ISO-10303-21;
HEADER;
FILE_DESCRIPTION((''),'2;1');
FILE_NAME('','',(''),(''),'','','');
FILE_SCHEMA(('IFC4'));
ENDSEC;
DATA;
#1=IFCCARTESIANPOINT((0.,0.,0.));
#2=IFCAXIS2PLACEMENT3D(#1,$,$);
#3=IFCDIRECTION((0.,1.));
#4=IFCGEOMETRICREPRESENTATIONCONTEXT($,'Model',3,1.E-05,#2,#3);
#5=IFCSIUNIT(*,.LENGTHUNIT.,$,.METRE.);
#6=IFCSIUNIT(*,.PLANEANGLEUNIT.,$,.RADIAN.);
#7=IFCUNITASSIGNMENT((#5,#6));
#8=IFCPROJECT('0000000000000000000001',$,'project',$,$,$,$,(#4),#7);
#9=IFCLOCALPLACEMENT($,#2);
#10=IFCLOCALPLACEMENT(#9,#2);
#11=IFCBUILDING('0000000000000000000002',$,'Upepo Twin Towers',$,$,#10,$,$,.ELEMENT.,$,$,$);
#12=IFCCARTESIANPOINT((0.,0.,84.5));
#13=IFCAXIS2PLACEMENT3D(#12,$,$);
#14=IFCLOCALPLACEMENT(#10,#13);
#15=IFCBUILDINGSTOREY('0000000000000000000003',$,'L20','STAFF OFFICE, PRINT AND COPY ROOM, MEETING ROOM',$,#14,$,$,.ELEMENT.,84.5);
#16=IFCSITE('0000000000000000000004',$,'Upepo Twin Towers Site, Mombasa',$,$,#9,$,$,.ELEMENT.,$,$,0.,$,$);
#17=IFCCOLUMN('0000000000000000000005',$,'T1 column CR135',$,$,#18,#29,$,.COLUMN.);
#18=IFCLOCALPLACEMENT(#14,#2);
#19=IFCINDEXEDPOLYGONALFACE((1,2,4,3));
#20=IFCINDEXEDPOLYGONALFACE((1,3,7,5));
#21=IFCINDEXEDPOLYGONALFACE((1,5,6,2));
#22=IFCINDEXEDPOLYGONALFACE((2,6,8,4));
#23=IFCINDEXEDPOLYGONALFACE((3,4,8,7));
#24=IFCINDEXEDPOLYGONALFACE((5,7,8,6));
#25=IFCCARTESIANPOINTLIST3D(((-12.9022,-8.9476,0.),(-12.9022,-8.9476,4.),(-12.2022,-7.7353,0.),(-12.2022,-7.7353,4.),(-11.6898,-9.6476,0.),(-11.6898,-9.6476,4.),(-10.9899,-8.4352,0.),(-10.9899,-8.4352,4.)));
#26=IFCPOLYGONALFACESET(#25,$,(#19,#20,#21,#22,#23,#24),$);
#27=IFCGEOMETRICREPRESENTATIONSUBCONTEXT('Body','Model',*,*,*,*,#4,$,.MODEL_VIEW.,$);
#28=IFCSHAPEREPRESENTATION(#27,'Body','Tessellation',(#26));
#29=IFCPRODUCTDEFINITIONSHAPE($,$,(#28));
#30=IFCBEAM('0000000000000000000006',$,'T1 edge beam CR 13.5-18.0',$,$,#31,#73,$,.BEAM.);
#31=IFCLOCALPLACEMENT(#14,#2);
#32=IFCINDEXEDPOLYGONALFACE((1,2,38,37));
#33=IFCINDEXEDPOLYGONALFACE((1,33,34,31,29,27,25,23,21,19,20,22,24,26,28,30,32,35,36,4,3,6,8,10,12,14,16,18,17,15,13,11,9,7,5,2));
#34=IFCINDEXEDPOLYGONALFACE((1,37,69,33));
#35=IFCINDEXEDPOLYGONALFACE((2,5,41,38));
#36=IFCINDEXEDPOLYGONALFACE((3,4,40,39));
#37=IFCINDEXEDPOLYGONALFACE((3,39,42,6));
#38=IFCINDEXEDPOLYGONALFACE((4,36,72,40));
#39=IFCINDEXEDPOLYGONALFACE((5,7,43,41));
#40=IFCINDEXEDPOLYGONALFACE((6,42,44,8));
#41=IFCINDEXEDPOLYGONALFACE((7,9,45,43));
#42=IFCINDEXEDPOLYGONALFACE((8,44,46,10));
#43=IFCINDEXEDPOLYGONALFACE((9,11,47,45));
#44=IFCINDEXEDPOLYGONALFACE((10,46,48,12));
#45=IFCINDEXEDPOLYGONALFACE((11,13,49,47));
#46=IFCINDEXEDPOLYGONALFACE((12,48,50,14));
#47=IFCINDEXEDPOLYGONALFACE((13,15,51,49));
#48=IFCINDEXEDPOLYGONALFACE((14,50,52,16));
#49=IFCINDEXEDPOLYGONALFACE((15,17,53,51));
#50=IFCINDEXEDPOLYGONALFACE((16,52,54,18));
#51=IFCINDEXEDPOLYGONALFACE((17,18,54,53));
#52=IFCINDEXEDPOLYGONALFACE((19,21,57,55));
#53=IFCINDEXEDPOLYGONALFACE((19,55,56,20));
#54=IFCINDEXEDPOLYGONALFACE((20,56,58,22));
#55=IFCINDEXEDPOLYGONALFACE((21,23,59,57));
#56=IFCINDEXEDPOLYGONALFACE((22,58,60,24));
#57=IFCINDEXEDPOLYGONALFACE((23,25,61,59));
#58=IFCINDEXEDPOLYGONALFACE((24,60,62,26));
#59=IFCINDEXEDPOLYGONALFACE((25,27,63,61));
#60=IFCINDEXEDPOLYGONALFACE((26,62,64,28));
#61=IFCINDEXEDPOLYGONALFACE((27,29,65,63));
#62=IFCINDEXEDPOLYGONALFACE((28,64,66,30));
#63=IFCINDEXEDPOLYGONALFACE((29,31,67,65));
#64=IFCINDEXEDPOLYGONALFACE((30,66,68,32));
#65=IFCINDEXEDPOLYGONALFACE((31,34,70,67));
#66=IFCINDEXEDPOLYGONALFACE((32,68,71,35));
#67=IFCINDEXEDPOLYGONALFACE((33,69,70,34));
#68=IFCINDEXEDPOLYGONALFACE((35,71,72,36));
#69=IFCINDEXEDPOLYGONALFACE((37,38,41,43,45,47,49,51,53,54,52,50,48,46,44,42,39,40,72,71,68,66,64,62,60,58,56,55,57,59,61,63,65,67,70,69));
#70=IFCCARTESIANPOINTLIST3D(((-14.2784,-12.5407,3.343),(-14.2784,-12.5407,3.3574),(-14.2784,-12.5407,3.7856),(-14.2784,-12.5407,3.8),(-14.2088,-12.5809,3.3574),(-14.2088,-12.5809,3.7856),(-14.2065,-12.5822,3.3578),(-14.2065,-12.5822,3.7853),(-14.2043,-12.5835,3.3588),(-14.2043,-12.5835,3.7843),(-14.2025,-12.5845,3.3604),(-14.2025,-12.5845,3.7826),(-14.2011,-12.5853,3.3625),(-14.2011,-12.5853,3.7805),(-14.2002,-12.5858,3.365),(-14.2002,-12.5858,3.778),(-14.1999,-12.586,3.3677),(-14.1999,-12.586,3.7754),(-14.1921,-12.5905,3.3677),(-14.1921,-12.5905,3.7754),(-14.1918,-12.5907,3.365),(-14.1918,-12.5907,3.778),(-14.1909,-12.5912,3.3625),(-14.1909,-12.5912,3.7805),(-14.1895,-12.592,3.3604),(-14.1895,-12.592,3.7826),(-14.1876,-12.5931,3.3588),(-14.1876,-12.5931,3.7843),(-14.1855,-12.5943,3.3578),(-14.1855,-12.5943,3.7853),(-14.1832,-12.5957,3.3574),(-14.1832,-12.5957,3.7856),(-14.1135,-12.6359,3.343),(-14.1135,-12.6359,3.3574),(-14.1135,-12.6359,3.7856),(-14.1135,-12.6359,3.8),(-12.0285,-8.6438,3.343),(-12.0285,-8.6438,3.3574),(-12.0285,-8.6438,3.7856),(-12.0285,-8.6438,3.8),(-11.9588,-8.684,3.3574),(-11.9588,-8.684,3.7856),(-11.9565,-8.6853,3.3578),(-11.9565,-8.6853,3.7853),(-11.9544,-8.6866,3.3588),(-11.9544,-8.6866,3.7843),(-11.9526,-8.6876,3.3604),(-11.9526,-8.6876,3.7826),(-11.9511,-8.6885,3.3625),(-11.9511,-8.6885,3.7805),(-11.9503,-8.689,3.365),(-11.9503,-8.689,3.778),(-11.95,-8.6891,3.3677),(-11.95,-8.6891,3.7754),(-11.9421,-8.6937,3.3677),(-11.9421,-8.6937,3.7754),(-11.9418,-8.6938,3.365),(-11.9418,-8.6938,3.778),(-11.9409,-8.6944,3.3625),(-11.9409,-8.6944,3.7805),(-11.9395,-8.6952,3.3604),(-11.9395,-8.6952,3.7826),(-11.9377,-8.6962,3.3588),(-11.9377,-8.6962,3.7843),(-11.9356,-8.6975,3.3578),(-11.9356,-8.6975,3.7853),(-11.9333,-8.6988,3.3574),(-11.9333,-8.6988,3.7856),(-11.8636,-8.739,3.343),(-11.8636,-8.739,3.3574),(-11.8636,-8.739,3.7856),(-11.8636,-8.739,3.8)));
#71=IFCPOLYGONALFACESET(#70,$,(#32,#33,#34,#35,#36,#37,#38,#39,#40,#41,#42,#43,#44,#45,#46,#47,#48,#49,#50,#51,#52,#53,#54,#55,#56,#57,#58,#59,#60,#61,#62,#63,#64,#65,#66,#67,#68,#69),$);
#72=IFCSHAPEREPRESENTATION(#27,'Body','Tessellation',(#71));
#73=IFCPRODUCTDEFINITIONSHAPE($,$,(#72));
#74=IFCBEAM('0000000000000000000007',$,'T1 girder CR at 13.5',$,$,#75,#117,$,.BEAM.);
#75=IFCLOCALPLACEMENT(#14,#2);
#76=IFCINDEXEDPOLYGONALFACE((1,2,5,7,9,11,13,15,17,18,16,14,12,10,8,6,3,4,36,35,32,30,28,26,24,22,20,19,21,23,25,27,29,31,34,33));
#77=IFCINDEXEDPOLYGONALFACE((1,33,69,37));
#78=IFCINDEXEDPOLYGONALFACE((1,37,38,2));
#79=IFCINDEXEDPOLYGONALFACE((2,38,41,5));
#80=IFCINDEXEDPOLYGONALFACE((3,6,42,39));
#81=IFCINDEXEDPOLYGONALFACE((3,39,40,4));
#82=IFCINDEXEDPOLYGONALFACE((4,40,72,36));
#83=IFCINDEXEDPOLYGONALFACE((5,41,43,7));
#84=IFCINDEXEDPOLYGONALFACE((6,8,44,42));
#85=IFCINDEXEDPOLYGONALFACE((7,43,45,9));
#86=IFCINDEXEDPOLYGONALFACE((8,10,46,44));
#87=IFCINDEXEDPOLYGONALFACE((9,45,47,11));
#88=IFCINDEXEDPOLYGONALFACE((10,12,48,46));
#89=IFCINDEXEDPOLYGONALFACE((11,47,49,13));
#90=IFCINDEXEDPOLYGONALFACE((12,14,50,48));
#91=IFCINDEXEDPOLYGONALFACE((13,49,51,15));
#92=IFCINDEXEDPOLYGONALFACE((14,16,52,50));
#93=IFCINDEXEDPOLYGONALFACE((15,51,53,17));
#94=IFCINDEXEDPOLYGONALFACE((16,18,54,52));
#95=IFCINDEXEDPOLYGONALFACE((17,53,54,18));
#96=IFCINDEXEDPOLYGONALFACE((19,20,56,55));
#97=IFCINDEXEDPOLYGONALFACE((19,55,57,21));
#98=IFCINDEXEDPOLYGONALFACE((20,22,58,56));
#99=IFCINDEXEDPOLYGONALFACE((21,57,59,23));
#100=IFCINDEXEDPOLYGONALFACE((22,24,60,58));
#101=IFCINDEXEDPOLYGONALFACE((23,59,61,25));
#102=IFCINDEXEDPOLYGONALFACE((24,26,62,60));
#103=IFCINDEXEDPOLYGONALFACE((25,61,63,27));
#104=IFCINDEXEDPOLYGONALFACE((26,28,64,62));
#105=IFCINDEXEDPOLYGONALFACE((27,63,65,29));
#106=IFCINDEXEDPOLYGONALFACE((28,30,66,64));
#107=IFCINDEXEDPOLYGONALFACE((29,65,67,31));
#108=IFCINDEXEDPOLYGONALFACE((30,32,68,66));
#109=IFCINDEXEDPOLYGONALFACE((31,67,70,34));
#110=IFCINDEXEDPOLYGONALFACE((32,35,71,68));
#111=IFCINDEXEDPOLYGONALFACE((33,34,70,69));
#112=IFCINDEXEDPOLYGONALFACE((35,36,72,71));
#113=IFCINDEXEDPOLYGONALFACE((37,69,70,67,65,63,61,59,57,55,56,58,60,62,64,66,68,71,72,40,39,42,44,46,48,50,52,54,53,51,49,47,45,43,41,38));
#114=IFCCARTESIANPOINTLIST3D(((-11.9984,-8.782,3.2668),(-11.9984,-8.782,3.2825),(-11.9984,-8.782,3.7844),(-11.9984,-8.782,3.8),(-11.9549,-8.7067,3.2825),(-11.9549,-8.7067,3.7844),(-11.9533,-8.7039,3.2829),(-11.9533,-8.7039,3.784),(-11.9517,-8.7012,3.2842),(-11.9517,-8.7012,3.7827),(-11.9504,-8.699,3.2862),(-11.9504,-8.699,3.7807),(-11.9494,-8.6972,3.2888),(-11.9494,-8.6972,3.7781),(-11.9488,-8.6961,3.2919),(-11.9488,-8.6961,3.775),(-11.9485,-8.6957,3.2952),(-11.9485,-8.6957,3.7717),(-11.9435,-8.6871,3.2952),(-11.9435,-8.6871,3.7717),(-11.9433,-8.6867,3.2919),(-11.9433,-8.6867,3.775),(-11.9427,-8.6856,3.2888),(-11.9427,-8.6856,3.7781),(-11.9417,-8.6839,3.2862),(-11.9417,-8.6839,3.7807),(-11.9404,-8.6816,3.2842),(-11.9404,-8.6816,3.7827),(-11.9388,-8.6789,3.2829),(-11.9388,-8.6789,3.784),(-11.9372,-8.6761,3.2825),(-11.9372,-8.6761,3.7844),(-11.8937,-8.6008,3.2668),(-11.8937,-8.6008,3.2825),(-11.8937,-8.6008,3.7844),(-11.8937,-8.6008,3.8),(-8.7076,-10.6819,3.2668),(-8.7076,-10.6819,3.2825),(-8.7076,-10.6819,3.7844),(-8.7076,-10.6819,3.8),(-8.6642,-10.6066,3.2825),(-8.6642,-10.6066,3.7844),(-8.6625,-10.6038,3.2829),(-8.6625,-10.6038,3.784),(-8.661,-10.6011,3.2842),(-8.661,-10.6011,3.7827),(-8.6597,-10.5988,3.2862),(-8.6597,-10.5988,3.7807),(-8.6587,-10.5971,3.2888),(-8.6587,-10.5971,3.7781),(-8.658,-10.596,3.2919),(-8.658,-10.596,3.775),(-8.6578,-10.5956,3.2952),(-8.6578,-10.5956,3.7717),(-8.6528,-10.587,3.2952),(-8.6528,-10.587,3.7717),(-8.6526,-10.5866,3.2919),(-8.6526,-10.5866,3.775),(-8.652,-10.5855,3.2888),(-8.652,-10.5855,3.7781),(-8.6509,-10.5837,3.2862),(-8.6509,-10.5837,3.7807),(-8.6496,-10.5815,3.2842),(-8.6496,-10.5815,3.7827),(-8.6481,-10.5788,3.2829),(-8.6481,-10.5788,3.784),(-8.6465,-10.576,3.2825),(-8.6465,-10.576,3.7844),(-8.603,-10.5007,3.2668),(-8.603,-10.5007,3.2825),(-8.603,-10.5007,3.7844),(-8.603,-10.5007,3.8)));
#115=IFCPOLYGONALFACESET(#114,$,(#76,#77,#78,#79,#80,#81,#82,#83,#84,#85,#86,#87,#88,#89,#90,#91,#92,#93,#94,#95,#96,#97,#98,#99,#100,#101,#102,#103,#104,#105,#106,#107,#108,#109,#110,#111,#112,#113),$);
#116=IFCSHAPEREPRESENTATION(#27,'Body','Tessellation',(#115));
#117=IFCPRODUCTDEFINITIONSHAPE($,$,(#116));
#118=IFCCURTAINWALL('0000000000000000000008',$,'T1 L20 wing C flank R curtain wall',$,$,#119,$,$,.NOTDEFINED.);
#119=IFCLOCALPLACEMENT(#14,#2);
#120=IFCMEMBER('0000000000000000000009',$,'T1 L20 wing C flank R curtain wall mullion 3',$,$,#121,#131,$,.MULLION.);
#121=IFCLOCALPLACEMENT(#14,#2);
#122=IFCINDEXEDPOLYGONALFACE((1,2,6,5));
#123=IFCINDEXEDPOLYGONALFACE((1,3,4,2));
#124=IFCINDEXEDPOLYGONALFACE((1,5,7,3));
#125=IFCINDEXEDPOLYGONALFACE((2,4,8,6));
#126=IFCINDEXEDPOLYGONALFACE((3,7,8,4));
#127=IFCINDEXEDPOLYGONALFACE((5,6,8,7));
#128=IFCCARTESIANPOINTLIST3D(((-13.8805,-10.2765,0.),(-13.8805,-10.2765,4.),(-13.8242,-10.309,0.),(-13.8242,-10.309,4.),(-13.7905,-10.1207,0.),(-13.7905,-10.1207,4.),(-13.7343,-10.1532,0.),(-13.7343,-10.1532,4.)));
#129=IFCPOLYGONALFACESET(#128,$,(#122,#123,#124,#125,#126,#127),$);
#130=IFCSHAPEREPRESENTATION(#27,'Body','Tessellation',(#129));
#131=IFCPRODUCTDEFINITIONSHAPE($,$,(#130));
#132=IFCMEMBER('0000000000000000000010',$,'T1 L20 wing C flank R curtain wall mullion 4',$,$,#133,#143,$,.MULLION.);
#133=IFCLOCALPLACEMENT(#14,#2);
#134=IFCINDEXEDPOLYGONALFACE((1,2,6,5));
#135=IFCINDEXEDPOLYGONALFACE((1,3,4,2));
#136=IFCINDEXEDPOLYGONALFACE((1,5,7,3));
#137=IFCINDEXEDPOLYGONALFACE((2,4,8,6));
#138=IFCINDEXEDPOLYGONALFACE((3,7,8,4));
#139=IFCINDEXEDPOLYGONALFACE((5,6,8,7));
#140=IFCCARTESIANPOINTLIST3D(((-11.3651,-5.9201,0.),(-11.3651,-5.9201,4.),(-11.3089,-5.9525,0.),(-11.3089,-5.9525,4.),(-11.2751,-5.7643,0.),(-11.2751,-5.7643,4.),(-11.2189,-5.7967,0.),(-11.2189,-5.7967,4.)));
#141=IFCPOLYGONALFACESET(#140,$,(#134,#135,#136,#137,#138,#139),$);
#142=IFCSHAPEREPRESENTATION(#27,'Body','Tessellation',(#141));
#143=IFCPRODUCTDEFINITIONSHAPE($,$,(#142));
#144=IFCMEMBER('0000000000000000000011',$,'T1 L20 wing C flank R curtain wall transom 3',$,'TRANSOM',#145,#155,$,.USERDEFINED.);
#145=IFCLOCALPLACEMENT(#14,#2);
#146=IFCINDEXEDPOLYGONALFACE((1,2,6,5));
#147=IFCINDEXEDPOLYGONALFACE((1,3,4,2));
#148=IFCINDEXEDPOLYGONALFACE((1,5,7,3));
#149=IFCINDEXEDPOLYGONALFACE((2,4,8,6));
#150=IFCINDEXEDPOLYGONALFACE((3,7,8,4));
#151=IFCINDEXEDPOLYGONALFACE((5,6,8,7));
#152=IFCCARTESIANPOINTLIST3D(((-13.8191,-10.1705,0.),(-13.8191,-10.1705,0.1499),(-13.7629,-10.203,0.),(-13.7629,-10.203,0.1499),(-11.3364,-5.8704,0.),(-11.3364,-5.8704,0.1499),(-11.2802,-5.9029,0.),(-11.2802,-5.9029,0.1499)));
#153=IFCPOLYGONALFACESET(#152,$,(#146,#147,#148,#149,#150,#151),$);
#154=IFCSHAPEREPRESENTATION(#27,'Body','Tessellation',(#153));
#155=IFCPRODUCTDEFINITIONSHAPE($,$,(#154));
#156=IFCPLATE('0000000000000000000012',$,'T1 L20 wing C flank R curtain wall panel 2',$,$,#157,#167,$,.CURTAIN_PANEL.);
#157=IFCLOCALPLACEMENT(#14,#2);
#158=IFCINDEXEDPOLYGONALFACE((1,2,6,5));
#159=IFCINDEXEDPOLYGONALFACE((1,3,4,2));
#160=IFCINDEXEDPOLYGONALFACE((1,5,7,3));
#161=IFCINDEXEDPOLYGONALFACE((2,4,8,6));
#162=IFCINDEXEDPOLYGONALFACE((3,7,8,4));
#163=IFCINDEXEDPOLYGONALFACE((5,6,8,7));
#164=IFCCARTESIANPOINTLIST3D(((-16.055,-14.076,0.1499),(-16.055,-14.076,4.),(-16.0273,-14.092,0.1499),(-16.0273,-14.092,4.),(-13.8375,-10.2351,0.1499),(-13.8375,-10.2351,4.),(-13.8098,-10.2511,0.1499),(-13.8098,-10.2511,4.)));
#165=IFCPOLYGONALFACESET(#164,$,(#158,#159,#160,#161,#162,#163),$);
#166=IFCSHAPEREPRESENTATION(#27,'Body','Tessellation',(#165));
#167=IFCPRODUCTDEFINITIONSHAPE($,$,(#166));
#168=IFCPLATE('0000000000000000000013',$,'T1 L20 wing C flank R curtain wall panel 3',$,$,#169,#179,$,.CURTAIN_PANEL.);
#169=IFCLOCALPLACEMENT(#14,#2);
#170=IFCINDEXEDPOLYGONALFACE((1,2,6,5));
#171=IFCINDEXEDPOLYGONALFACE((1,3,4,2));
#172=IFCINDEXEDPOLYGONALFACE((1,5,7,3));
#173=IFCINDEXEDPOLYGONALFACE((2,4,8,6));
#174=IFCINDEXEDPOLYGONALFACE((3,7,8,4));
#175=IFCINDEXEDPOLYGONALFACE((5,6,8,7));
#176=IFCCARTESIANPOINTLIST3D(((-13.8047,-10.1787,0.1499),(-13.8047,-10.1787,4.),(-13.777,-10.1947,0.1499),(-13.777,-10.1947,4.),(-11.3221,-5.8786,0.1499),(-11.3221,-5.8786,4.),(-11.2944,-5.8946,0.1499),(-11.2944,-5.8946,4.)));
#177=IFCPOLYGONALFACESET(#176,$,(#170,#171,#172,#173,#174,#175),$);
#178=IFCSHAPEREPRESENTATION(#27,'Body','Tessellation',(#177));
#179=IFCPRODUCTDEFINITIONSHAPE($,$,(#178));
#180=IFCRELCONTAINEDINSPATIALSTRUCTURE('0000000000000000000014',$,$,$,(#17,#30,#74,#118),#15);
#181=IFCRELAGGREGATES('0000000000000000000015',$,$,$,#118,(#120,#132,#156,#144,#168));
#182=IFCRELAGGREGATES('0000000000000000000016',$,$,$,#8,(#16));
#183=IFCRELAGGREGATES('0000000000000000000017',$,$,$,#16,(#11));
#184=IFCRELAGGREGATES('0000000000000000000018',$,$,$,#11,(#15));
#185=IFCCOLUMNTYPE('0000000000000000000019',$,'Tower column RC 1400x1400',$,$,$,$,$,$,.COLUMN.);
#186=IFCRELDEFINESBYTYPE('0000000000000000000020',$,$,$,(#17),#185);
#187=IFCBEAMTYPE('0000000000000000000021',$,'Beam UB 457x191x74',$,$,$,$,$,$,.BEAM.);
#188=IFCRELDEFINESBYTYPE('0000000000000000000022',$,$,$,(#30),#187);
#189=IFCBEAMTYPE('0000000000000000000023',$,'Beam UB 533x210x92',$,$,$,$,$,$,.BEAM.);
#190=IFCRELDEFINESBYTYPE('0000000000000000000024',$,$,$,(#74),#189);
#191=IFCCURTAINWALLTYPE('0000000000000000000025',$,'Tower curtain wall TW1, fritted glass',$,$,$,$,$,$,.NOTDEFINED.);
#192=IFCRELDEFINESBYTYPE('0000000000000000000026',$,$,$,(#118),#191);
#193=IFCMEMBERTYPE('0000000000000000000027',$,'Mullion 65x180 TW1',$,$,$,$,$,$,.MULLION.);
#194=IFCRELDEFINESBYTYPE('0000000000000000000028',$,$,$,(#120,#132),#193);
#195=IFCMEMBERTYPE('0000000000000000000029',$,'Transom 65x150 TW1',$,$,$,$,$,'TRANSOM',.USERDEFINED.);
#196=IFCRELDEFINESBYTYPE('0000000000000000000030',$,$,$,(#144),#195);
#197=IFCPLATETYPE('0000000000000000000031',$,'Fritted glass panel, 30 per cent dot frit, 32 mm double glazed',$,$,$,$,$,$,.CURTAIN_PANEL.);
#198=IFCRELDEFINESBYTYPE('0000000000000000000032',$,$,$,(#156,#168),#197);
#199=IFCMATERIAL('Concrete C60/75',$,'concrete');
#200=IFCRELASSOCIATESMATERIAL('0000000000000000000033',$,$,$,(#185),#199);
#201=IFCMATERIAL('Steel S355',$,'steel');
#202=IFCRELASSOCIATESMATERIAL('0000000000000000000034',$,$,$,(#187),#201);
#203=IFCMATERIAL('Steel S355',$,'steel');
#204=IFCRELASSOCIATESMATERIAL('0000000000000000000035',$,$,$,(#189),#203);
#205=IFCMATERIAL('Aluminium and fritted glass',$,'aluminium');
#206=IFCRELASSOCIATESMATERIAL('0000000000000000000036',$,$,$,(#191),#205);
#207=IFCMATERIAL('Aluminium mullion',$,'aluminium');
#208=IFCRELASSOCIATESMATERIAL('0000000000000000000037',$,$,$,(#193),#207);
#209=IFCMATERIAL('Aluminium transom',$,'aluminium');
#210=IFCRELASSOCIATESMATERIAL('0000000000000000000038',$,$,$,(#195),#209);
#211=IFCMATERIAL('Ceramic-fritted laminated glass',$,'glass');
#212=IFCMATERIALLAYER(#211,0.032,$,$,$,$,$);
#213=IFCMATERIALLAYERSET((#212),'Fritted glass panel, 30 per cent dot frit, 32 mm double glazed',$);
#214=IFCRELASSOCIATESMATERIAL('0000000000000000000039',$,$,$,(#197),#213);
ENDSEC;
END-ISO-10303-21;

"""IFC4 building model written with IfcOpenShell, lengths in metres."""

from ifc_helpers import new_model, si_unit, direction, frame, origin, origin_2d, place, context, subcontext, project, spatial, rectangle, i_section, extrude, material, layer, layer_set, material_profile, profile_set, type_object, element, aggregate, save


model = new_model("IFC4")

# Units and contexts
model_context = context("Model", 3, precision=1e-05, world=origin(), true_north=direction((0.0, 1.0)))
body_context = subcontext(model_context, "Body", "Model", "MODEL_VIEW")
ifc_project = project(units=[si_unit("LENGTHUNIT", "METRE"), si_unit("PLANEANGLEUNIT", "RADIAN")], contexts=[model_context])

# Site, building, storey
site_placement = place(None, origin())
site = spatial("IfcSite", under=ifc_project, at=site_placement, Name="Upepo Twin Towers Site, Mombasa", CompositionType="ELEMENT", RefElevation=0.0)
building_placement = place(site_placement, origin())
building = spatial("IfcBuilding", under=site, at=building_placement, Name="Upepo Twin Towers", CompositionType="ELEMENT")
storey_placement = place(building_placement, frame((0.0, 0.0, 84.5)))
storey = spatial("IfcBuildingStorey", under=building, at=storey_placement, Name="L20", Description="STAFF OFFICE, PRINT AND COPY ROOM, MEETING ROOM", CompositionType="ELEMENT", Elevation=84.5)

# Column
ifc_material_1 = material(Name="Concrete C60/75", Category="concrete")
ifc_material_profile_1 = material_profile(ifc_material_1, rectangle(XDim=1.3999, YDim=1.3999, at=origin_2d()), Name="RC 1400x1400")
ifc_profile_set_1 = profile_set([ifc_material_profile_1], Name="Concrete C60/75")
column_type = type_object("IfcColumnType", Name="Tower column RC 1400x1400", PredefinedType="COLUMN", material=ifc_profile_set_1)
column_placement = place(storey_placement, frame((-11.946, -8.6914, 0.0), z_axis=(0.0, 0.0, 1.0), x_axis=(0.5, 0.866025, 0.0)))
element("IfcColumn", 1, at=column_placement, inside=storey, type_object=column_type, Name="T1 column CR135", PredefinedType="COLUMN", context=body_context, shape_type="SweptSolid", body=[
    extrude(rectangle(XDim=1.3999, YDim=1.3999, at=origin_2d()), origin(), (0.0, 0.0, 1.0), 4.0),
])

# Beams
ifc_material_2 = material(Name="Steel S355", Category="steel")
ifc_material_profile_2 = material_profile(ifc_material_2, i_section(OverallWidth=0.1904, OverallDepth=0.457, WebThickness=0.009, FlangeThickness=0.0144, FilletRadius=0.0103, at=origin_2d()), Name="UB 457x191x74")
ifc_profile_set_2 = profile_set([ifc_material_profile_2], Name="Steel S355")
beam_type_1 = type_object("IfcBeamType", Name="Beam UB 457x191x74", PredefinedType="BEAM", material=ifc_profile_set_2)
beam_1_placement = place(storey_placement, frame((-11.946, -8.6914, 3.5715), z_axis=(-0.500014, -0.866018, 0.0), x_axis=(0.866018, -0.500014, 0.0)))
element("IfcBeam", 2, at=beam_1_placement, inside=storey, type_object=beam_type_1, Name="T1 edge beam CR 13.5-18.0", PredefinedType="BEAM", context=body_context, shape_type="SweptSolid", body=[
    extrude(i_section(OverallWidth=0.1904, OverallDepth=0.457, WebThickness=0.009, FlangeThickness=0.0144, FilletRadius=0.0103, at=origin_2d()), origin(), (0.0, 0.0, 1.0), 4.4998),
])
ifc_material_3 = material(Name="Steel S355", Category="steel")
ifc_material_profile_3 = material_profile(ifc_material_3, i_section(OverallWidth=0.2092, OverallDepth=0.5332, WebThickness=0.01, FlangeThickness=0.0156, FilletRadius=0.0127, at=origin_2d()), Name="UB 533x210x92")
ifc_profile_set_3 = profile_set([ifc_material_profile_3], Name="Steel S355")
beam_type_2 = type_object("IfcBeamType", Name="Beam UB 533x210x92", PredefinedType="BEAM", material=ifc_profile_set_3)
beam_2_placement = place(storey_placement, frame((-11.946, -8.6914, 3.5334), z_axis=(0.866028, -0.499995, 0.0), x_axis=(0.499995, 0.866028, 0.0)))
element("IfcBeam", 3, at=beam_2_placement, inside=storey, type_object=beam_type_2, Name="T1 girder CR at 13.5", PredefinedType="BEAM", context=body_context, shape_type="SweptSolid", body=[
    extrude(i_section(OverallWidth=0.2092, OverallDepth=0.5332, WebThickness=0.01, FlangeThickness=0.0156, FilletRadius=0.0127, at=origin_2d()), origin(), (0.0, 0.0, 1.0), 3.7998),
])

# Curtain wall, members, plates
ifc_material_4 = material(Name="Aluminium and fritted glass", Category="aluminium")
curtain_wall_type = type_object("IfcCurtainWallType", Name="Tower curtain wall TW1, fritted glass", PredefinedType="NOTDEFINED", material=ifc_material_4)
curtain_wall_placement = place(storey_placement, origin())
curtain_wall = element("IfcCurtainWall", 4, at=curtain_wall_placement, inside=storey, type_object=curtain_wall_type, Name="T1 L20 wing C flank R curtain wall", PredefinedType="NOTDEFINED")
ifc_material_5 = material(Name="Aluminium mullion", Category="aluminium")
ifc_material_profile_4 = material_profile(ifc_material_5, rectangle(XDim=0.0649, YDim=0.1799, at=origin_2d()), Name="MULLION 65x180")
ifc_profile_set_4 = profile_set([ifc_material_profile_4], Name="Aluminium mullion")
member_type_1 = type_object("IfcMemberType", Name="Mullion 65x180 TW1", PredefinedType="MULLION", material=ifc_profile_set_4)
member_1_placement = place(storey_placement, frame((-13.8074, -10.2148, 0.0), z_axis=(0.0, 0.0, 1.0), x_axis=(-0.866025, 0.5, 0.0)))
member_1 = element("IfcMember", 5, at=member_1_placement, type_object=member_type_1, Name="T1 L20 wing C flank R curtain wall mullion 3", PredefinedType="MULLION", context=body_context, shape_type="SweptSolid", body=[
    extrude(rectangle(XDim=0.0649, YDim=0.1799, at=origin_2d()), origin(), (0.0, 0.0, 1.0), 4.0),
])
member_2_placement = place(storey_placement, frame((-11.292, -5.8584, 0.0), z_axis=(0.0, 0.0, 1.0), x_axis=(-0.866025, 0.5, 0.0)))
member_2 = element("IfcMember", 6, at=member_2_placement, type_object=member_type_1, Name="T1 L20 wing C flank R curtain wall mullion 4", PredefinedType="MULLION", context=body_context, shape_type="SweptSolid", body=[
    extrude(rectangle(XDim=0.0649, YDim=0.1799, at=origin_2d()), origin(), (0.0, 0.0, 1.0), 4.0),
])
ifc_material_6 = material(Name="Aluminium transom", Category="aluminium")
ifc_material_profile_5 = material_profile(ifc_material_6, rectangle(XDim=0.0649, YDim=0.1499, at=origin_2d()), Name="TRANSOM 65x150")
ifc_profile_set_5 = profile_set([ifc_material_profile_5], Name="Aluminium transom")
member_type_2 = type_object("IfcMemberType", Name="Transom 65x150 TW1", ElementType="TRANSOM", PredefinedType="USERDEFINED", material=ifc_profile_set_5)
member_3_placement = place(storey_placement, frame((-13.791, -10.1868, 0.075), z_axis=(0.500005, 0.866023, 0.0), x_axis=(-0.866023, 0.500005, 0.0)))
member_3 = element("IfcMember", 7, at=member_3_placement, type_object=member_type_2, Name="T1 L20 wing C flank R curtain wall transom 3", ObjectType="TRANSOM", PredefinedType="USERDEFINED", context=body_context, shape_type="SweptSolid", body=[
    extrude(rectangle(XDim=0.0649, YDim=0.1499, at=origin_2d()), origin(), (0.0, 0.0, 1.0), 4.9653),
])
ifc_material_7 = material(Name="Ceramic-fritted laminated glass", Category="glass")
ifc_layer_1 = layer(ifc_material_7, 0.032)
ifc_layer_set_1 = layer_set([ifc_layer_1], Name="Fritted glass panel, 30 per cent dot frit, 32 mm double glazed")
plate_type = type_object("IfcPlateType", Name="Fritted glass panel, 30 per cent dot frit, 32 mm double glazed", PredefinedType="CURTAIN_PANEL", material=ifc_layer_set_1)
plate_1_placement = place(storey_placement, frame((-14.9324, -12.1636, 0.1499), z_axis=(0.0, 0.0, 1.0), x_axis=(0.5, 0.866025, 0.0)))
plate_1 = element("IfcPlate", 8, at=plate_1_placement, type_object=plate_type, Name="T1 L20 wing C flank R curtain wall panel 2", PredefinedType="CURTAIN_PANEL", context=body_context, shape_type="SweptSolid", body=[
    extrude(rectangle(XDim=4.4351, YDim=0.032, at=origin_2d()), origin(), (0.0, 0.0, 1.0), 3.8501),
])
plate_2_placement = place(storey_placement, frame((-12.5496, -8.0366, 0.1499), z_axis=(0.0, 0.0, 1.0), x_axis=(0.5, 0.866025, 0.0)))
plate_2 = element("IfcPlate", 9, at=plate_2_placement, type_object=plate_type, Name="T1 L20 wing C flank R curtain wall panel 3", PredefinedType="CURTAIN_PANEL", context=body_context, shape_type="SweptSolid", body=[
    extrude(rectangle(XDim=4.9653, YDim=0.032, at=origin_2d()), origin(), (0.0, 0.0, 1.0), 3.8501),
])
aggregate(curtain_wall, [member_1, member_2, plate_1, member_3, plate_2])

save(model, "model.ifc")
